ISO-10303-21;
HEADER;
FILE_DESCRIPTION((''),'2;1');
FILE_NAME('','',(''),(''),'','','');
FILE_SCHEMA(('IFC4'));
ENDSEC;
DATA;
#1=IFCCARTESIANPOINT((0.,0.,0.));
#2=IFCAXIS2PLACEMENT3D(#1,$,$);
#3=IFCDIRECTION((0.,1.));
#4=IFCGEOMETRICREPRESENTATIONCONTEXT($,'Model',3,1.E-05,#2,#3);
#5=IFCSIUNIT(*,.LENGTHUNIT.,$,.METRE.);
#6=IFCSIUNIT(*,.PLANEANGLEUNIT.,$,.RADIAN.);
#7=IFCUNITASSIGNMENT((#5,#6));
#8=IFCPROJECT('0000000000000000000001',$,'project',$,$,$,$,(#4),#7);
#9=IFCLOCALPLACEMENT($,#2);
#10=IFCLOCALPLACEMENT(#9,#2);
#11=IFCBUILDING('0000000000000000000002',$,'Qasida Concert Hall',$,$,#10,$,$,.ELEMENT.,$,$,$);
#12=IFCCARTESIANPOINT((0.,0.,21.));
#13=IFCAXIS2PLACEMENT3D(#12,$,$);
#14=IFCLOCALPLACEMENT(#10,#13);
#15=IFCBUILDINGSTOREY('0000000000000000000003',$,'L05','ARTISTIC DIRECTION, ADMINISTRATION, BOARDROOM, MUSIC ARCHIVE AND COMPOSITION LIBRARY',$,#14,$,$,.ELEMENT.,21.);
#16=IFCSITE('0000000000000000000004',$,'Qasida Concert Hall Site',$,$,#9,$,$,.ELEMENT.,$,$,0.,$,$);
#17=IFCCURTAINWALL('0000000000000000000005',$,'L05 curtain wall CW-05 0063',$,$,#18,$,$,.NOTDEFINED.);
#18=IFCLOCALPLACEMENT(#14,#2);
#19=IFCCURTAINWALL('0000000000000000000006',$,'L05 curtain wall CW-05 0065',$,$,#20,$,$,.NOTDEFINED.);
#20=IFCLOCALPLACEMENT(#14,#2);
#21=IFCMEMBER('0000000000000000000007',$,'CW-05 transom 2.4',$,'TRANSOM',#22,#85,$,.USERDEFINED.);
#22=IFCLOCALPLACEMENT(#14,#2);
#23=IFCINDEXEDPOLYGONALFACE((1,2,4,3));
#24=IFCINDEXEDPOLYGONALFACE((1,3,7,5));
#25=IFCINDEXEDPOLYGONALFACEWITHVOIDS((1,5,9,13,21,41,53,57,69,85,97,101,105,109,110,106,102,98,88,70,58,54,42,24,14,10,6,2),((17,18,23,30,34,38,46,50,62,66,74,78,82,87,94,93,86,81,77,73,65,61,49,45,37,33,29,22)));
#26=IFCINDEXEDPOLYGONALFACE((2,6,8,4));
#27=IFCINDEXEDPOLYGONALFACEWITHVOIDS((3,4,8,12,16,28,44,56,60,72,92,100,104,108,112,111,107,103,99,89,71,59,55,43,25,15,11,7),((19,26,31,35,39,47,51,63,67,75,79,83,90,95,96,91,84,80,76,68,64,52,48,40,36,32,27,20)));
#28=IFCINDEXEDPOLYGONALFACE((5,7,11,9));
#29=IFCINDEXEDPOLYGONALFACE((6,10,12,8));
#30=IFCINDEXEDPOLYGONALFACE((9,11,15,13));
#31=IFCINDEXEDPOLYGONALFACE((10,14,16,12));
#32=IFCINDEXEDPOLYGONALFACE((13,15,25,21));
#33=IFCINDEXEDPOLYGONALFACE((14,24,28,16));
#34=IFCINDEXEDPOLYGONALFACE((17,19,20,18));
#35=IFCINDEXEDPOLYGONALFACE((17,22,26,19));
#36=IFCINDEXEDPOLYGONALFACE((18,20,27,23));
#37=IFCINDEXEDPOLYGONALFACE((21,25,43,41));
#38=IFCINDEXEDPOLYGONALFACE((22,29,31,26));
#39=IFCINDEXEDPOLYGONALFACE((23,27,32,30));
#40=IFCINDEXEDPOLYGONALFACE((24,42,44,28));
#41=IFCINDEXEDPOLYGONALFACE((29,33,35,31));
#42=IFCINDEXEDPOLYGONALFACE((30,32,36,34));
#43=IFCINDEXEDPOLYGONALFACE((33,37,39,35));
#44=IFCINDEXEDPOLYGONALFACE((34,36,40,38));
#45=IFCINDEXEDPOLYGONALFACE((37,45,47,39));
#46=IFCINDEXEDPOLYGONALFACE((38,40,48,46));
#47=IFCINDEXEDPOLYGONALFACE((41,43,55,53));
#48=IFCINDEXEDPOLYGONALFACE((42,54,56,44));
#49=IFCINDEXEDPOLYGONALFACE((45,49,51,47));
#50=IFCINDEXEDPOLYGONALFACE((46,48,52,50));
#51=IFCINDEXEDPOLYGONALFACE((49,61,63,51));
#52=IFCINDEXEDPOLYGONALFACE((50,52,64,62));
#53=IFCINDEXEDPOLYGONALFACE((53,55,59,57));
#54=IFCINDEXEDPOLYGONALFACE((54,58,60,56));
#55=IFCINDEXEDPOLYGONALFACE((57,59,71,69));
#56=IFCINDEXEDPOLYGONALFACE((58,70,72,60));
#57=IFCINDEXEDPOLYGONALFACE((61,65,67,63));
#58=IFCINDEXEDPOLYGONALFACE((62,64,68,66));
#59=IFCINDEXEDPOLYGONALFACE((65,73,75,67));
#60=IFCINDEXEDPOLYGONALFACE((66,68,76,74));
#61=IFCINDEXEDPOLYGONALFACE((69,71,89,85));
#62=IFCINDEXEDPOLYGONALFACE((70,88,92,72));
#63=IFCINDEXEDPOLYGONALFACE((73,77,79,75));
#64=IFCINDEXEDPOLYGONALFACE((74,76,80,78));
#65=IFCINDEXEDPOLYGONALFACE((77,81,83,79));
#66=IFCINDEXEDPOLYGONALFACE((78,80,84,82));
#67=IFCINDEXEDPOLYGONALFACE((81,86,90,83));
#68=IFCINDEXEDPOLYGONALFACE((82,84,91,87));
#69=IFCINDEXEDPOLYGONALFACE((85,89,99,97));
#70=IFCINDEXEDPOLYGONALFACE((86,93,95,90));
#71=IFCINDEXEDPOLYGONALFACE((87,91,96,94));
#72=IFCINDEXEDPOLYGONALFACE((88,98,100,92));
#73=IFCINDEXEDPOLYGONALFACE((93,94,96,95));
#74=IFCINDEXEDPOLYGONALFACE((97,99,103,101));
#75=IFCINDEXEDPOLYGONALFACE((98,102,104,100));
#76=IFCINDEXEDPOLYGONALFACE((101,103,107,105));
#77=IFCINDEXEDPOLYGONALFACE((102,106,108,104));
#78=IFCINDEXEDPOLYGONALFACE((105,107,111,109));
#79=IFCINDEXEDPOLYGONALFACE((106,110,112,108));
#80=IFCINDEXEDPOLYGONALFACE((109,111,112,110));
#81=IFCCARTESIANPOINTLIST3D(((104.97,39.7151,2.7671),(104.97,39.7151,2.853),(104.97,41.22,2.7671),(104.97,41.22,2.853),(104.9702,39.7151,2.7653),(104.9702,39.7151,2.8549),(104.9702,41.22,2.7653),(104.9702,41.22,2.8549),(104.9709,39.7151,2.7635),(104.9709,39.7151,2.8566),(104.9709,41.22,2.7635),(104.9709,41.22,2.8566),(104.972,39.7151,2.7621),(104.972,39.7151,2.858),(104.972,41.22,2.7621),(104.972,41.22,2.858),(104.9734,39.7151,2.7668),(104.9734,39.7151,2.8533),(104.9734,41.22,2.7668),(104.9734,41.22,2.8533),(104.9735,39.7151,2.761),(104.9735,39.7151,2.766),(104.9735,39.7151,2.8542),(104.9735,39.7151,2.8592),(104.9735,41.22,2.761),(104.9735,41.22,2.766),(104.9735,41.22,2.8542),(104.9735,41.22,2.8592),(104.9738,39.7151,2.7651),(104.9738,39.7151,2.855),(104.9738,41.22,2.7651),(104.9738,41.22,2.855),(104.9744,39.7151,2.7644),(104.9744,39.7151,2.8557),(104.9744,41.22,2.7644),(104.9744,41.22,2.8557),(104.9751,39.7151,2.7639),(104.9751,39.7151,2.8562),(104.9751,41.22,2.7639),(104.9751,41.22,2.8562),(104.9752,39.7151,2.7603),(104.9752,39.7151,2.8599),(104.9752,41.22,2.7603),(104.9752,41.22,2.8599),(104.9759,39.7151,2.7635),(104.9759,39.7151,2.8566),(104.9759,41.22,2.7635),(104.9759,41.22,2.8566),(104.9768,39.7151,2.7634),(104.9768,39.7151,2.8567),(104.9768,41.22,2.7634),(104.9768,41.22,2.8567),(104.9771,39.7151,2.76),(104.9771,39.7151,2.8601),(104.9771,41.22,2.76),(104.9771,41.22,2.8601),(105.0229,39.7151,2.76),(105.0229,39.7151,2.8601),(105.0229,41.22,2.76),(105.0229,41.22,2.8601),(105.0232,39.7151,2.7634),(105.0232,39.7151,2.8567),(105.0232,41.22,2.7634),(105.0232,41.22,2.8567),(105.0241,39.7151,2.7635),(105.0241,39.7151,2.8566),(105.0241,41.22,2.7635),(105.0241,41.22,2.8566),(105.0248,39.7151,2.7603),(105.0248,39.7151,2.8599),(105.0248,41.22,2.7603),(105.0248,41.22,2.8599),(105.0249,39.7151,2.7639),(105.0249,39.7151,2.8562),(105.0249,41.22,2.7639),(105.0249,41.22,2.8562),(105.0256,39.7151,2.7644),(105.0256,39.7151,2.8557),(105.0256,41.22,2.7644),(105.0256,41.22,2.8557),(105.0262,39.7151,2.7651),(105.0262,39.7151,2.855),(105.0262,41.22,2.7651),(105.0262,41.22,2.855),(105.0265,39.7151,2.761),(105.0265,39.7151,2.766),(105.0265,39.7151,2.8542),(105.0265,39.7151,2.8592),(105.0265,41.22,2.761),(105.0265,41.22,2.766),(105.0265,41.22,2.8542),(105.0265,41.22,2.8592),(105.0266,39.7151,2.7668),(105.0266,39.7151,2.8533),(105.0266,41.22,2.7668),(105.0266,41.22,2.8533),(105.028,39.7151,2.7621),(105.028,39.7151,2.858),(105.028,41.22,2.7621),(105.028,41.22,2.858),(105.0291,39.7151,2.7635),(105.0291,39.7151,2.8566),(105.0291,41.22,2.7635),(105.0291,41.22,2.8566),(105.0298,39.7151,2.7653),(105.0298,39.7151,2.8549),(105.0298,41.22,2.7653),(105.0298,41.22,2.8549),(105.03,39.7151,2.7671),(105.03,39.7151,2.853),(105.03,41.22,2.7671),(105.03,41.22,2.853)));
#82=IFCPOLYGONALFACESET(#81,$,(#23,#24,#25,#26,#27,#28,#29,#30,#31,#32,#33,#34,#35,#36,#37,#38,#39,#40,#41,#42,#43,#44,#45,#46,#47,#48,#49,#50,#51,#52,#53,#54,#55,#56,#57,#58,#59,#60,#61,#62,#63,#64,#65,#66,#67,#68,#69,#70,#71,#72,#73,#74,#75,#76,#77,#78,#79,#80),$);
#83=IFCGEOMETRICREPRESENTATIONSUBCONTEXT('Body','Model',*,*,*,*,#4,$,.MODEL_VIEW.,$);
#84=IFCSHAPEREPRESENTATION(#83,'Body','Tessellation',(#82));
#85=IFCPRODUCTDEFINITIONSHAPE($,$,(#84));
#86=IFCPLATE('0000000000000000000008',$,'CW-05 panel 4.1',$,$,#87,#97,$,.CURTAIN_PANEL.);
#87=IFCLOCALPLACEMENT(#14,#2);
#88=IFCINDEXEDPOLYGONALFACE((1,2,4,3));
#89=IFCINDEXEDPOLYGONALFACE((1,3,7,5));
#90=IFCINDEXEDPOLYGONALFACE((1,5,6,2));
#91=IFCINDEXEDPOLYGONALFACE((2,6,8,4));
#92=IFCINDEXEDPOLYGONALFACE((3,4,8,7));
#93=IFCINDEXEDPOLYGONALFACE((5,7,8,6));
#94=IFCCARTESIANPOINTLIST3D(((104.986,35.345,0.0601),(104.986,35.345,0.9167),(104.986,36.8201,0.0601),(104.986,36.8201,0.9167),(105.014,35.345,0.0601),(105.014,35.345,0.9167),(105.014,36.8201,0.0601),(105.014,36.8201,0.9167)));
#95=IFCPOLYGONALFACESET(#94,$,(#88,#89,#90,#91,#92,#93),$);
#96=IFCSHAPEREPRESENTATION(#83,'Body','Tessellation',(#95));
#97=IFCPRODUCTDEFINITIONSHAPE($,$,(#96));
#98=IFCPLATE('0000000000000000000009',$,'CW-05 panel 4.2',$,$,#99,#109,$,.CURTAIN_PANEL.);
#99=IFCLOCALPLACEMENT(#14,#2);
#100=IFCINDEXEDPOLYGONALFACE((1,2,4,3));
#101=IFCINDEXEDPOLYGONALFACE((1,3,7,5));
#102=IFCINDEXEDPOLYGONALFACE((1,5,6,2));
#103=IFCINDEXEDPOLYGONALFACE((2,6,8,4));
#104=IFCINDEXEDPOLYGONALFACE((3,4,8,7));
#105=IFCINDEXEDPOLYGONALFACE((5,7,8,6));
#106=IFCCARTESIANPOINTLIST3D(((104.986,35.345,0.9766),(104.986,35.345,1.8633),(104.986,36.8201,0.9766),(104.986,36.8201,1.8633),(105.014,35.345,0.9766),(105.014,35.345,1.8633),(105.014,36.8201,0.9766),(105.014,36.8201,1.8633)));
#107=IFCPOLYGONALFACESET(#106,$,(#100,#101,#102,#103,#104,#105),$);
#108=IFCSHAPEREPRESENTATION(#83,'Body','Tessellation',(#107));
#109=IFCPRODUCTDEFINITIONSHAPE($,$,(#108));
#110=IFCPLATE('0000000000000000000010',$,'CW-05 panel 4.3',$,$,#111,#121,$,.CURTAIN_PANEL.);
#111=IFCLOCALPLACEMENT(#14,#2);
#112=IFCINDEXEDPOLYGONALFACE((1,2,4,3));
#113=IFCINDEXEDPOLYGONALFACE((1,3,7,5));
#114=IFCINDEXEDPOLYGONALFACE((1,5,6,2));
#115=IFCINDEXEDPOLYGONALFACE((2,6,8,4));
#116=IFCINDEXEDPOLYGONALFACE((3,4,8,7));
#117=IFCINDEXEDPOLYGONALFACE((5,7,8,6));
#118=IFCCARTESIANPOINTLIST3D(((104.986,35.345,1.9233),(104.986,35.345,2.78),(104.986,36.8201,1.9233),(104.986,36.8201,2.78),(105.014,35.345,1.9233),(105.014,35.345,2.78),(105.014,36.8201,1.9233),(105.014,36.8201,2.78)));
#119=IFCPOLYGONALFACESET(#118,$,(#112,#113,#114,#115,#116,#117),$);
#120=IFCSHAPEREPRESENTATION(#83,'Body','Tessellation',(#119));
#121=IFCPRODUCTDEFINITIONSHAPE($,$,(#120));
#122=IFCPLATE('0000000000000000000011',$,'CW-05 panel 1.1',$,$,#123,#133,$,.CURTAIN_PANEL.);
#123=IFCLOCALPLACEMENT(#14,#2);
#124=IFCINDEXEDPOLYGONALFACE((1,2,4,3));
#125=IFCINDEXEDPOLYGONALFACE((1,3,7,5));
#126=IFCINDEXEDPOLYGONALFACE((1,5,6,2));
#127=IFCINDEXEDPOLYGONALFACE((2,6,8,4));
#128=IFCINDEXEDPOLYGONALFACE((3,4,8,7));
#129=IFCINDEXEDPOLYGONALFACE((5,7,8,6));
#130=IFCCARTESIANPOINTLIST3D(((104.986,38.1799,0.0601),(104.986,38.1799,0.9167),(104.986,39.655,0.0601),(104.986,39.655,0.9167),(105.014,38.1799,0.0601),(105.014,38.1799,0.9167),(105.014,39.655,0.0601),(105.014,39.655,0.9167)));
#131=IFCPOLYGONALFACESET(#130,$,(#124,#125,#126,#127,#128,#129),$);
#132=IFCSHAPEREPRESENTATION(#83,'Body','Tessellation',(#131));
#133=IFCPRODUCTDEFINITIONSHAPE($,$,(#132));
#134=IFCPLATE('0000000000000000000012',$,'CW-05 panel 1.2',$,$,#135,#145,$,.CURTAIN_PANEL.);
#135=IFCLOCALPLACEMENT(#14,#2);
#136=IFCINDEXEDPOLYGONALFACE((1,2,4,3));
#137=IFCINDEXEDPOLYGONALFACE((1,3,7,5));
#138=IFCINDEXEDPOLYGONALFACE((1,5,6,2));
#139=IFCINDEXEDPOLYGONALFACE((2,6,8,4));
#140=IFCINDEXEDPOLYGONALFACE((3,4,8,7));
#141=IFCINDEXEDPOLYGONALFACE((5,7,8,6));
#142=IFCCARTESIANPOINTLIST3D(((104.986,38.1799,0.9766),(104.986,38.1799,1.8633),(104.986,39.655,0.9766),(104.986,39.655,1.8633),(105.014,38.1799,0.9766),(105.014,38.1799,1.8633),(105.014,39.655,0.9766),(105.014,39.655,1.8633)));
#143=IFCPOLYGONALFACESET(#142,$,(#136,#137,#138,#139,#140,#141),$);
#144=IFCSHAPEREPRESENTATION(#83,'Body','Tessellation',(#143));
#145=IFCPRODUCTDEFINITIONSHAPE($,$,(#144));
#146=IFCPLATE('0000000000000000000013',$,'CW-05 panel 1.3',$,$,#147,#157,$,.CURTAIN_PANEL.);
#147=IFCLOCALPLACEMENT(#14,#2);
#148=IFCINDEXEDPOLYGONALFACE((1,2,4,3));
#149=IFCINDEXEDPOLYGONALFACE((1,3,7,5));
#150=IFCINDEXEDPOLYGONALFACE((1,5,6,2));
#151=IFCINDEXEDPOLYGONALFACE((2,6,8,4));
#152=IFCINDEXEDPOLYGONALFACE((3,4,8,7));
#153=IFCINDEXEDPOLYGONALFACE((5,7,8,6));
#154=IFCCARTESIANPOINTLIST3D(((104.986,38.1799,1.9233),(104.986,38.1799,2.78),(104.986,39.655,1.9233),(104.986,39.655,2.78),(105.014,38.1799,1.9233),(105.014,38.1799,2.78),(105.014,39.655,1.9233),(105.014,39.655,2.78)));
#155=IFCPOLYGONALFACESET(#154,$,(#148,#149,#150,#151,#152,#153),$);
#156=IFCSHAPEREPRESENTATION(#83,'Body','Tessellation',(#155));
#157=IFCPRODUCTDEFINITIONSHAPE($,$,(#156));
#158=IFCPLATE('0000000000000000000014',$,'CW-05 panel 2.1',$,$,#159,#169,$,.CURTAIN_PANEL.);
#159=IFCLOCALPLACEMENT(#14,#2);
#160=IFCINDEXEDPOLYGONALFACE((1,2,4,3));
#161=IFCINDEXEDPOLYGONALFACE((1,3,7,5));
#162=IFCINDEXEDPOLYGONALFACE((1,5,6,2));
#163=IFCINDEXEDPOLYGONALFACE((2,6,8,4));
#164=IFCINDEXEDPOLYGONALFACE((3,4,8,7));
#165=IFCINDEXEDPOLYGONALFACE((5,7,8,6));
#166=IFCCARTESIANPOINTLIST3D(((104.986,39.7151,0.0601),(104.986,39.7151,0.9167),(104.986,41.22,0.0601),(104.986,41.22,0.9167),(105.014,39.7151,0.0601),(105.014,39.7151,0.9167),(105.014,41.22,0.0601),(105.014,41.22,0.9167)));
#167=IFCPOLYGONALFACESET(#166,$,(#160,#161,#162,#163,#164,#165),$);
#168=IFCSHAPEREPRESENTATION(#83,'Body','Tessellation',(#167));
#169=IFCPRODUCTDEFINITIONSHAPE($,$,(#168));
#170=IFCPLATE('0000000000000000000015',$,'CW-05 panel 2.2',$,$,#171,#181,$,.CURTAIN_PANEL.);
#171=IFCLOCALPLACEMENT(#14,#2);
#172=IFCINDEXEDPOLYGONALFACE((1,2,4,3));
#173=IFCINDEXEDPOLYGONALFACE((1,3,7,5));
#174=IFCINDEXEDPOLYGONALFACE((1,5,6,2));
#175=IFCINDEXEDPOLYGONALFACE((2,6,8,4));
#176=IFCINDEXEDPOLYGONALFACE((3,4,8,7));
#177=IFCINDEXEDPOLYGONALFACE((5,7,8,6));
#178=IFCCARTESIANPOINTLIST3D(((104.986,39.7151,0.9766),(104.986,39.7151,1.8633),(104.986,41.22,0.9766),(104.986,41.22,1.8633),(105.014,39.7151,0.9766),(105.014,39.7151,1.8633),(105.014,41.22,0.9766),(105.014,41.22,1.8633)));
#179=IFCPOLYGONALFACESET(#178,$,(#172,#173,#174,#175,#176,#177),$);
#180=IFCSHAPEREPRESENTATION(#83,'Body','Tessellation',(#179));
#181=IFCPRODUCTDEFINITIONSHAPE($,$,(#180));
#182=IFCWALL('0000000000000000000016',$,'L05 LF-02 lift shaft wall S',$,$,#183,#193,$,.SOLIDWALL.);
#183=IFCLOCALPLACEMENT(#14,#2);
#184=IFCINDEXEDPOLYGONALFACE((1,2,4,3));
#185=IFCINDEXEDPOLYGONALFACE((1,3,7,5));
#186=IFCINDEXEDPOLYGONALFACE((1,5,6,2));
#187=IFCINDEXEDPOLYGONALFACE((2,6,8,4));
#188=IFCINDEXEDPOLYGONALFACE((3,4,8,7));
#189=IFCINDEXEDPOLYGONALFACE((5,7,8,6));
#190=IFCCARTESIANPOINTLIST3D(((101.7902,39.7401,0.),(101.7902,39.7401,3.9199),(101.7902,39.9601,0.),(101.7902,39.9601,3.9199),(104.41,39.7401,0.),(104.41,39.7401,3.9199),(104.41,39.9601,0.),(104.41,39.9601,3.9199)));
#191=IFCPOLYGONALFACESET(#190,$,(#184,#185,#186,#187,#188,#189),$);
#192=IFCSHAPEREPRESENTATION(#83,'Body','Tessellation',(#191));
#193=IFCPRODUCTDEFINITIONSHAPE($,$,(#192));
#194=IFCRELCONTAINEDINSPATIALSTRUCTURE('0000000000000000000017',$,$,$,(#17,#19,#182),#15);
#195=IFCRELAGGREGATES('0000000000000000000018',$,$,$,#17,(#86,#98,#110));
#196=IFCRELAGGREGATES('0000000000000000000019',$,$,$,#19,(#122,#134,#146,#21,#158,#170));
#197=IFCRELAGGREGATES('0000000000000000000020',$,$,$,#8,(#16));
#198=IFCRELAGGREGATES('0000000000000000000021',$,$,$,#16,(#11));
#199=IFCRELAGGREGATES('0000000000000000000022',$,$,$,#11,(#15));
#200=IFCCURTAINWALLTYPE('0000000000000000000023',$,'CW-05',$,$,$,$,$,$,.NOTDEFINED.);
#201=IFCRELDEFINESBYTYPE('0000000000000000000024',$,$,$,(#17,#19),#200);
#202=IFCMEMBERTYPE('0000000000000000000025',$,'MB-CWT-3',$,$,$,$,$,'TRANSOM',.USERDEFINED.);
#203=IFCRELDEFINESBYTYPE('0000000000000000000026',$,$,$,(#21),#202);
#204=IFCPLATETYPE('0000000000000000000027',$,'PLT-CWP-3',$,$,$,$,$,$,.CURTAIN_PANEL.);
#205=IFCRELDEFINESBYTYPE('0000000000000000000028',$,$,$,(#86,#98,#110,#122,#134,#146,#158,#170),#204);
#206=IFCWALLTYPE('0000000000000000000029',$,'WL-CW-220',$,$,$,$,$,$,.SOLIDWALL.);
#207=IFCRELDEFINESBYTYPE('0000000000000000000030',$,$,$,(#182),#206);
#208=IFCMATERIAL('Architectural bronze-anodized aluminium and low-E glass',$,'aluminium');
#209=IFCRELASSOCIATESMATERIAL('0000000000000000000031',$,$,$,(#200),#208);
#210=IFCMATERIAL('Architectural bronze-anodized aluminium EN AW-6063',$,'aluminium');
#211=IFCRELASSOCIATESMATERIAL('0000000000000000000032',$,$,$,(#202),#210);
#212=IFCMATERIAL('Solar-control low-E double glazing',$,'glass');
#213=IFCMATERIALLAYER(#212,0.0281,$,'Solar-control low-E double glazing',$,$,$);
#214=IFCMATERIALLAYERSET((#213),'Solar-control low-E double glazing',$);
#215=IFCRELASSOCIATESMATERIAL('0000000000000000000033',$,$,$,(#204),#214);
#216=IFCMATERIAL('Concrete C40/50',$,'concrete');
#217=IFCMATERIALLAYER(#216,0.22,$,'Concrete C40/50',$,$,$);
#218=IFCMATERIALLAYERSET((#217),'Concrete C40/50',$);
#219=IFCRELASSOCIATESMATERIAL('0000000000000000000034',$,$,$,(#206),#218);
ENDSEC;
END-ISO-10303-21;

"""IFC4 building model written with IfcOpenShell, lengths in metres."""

from ifc_helpers import new_model, si_unit, direction, frame, frame_2d, origin, origin_2d, place, context, subcontext, project, spatial, rectangle, hollow_rectangle, extrude, material, layer, layer_set, material_profile, profile_set, type_object, element, aggregate, save


model = new_model("IFC4")

# Units and contexts
model_context = context("Model", 3, precision=1e-05, world=origin(), true_north=direction((0.0, 1.0)))
body_context = subcontext(model_context, "Body", "Model", "MODEL_VIEW")
ifc_project = project(units=[si_unit("LENGTHUNIT", "METRE"), si_unit("PLANEANGLEUNIT", "RADIAN")], contexts=[model_context])

# Site, building, storey
site_placement = place(None, origin())
site = spatial("IfcSite", under=ifc_project, at=site_placement, Name="Qasida Concert Hall Site", CompositionType="ELEMENT", RefElevation=0.0)
building_placement = place(site_placement, origin())
building = spatial("IfcBuilding", under=site, at=building_placement, Name="Qasida Concert Hall", CompositionType="ELEMENT")
storey_placement = place(building_placement, frame((0.0, 0.0, 21.0)))
storey = spatial("IfcBuildingStorey", under=building, at=storey_placement, Name="L05", Description="ARTISTIC DIRECTION, ADMINISTRATION, BOARDROOM, MUSIC ARCHIVE AND COMPOSITION LIBRARY", CompositionType="ELEMENT", Elevation=21.0)

# Curtain walls
ifc_material_1 = material(Name="Architectural bronze-anodized aluminium and low-E glass", Category="aluminium")
curtain_wall_type = type_object("IfcCurtainWallType", Name="CW-05", PredefinedType="NOTDEFINED", material=ifc_material_1)
curtain_wall_1_placement = place(storey_placement, origin())
curtain_wall_1 = element("IfcCurtainWall", 1, at=curtain_wall_1_placement, inside=storey, type_object=curtain_wall_type, Name="L05 curtain wall CW-05 0063", PredefinedType="NOTDEFINED")
ifc_material_2 = material(Name="Architectural bronze-anodized aluminium EN AW-6063", Category="aluminium")
curtain_wall_2_placement = place(storey_placement, origin())
curtain_wall_2 = element("IfcCurtainWall", 2, at=curtain_wall_2_placement, inside=storey, type_object=curtain_wall_type, Name="L05 curtain wall CW-05 0065", PredefinedType="NOTDEFINED")

# Member
ifc_material_profile_1 = material_profile(ifc_material_2, hollow_rectangle(XDim=0.0601, YDim=0.1001, WallThickness=0.0034, InnerFilletRadius=0.0034, OuterFilletRadius=0.0071, at=origin_2d()), Name="CWT 100x60x3.5")
ifc_profile_set_1 = profile_set([ifc_material_profile_1], Name="Architectural bronze-anodized aluminium EN AW-6063")
member_type_1 = type_object("IfcMemberType", Name="MB-CWT-3", ElementType="TRANSOM", PredefinedType="USERDEFINED", material=ifc_profile_set_1)
member_1_placement = place(storey_placement, frame((105.0, 39.7151, 2.8101), z_axis=(0.0, 1.0, 0.0), x_axis=(-1.0, 0.0, 0.0)))
member_1 = element("IfcMember", 3, at=member_1_placement, type_object=member_type_1, Name="CW-05 transom 2.4", ObjectType="TRANSOM", PredefinedType="USERDEFINED", context=body_context, shape_type="SweptSolid", body=[
    extrude(hollow_rectangle(XDim=0.0601, YDim=0.1001, WallThickness=0.0034, InnerFilletRadius=0.0034, OuterFilletRadius=0.0071, at=origin_2d()), origin(), (0.0, 0.0, 1.0), 1.5049),
])

# Plates
ifc_material_3 = material(Name="Solar-control low-E double glazing", Category="glass")
ifc_layer_1 = layer(ifc_material_3, 0.0281, Name="Solar-control low-E double glazing")
ifc_layer_set_1 = layer_set([ifc_layer_1], Name="Solar-control low-E double glazing")
plate_type = type_object("IfcPlateType", Name="PLT-CWP-3", PredefinedType="CURTAIN_PANEL", material=ifc_layer_set_1)
plate_1_placement = place(storey_placement, frame((105.0, 36.0825, 0.0601), z_axis=(0.0, 0.0, 1.0), x_axis=(0.0, 1.0, 0.0)))
plate_1 = element("IfcPlate", 4, at=plate_1_placement, type_object=plate_type, Name="CW-05 panel 4.1", PredefinedType="CURTAIN_PANEL", context=body_context, shape_type="SweptSolid", body=[
    extrude(rectangle(XDim=1.4751, YDim=0.0281, at=origin_2d()), origin(), (0.0, 0.0, 1.0), 0.8567),
])
plate_2_placement = place(storey_placement, frame((105.0, 36.0825, 0.9766), z_axis=(0.0, 0.0, 1.0), x_axis=(0.0, 1.0, 0.0)))
plate_2 = element("IfcPlate", 5, at=plate_2_placement, type_object=plate_type, Name="CW-05 panel 4.2", PredefinedType="CURTAIN_PANEL", context=body_context, shape_type="SweptSolid", body=[
    extrude(rectangle(XDim=1.4751, YDim=0.0281, at=origin_2d()), origin(), (0.0, 0.0, 1.0), 0.8867),
])
plate_3_placement = place(storey_placement, frame((105.0, 36.0825, 1.9233), z_axis=(0.0, 0.0, 1.0), x_axis=(0.0, 1.0, 0.0)))
plate_3 = element("IfcPlate", 6, at=plate_3_placement, type_object=plate_type, Name="CW-05 panel 4.3", PredefinedType="CURTAIN_PANEL", context=body_context, shape_type="SweptSolid", body=[
    extrude(rectangle(XDim=1.4751, YDim=0.0281, at=origin_2d()), origin(), (0.0, 0.0, 1.0), 0.8567),
])
aggregate(curtain_wall_1, [plate_1, plate_2, plate_3])
plate_4_placement = place(storey_placement, frame((105.0, 38.9175, 0.0601), z_axis=(0.0, 0.0, 1.0), x_axis=(0.0, 1.0, 0.0)))
plate_4 = element("IfcPlate", 7, at=plate_4_placement, type_object=plate_type, Name="CW-05 panel 1.1", PredefinedType="CURTAIN_PANEL", context=body_context, shape_type="SweptSolid", body=[
    extrude(rectangle(XDim=1.4751, YDim=0.0281, at=origin_2d()), origin(), (0.0, 0.0, 1.0), 0.8567),
])
plate_5_placement = place(storey_placement, frame((105.0, 38.9175, 0.9766), z_axis=(0.0, 0.0, 1.0), x_axis=(0.0, 1.0, 0.0)))
plate_5 = element("IfcPlate", 8, at=plate_5_placement, type_object=plate_type, Name="CW-05 panel 1.2", PredefinedType="CURTAIN_PANEL", context=body_context, shape_type="SweptSolid", body=[
    extrude(rectangle(XDim=1.4751, YDim=0.0281, at=origin_2d()), origin(), (0.0, 0.0, 1.0), 0.8867),
])
plate_6_placement = place(storey_placement, frame((105.0, 38.9175, 1.9233), z_axis=(0.0, 0.0, 1.0), x_axis=(0.0, 1.0, 0.0)))
plate_6 = element("IfcPlate", 9, at=plate_6_placement, type_object=plate_type, Name="CW-05 panel 1.3", PredefinedType="CURTAIN_PANEL", context=body_context, shape_type="SweptSolid", body=[
    extrude(rectangle(XDim=1.4751, YDim=0.0281, at=origin_2d()), origin(), (0.0, 0.0, 1.0), 0.8567),
])
plate_7_placement = place(storey_placement, frame((105.0, 40.4675, 0.0601), z_axis=(0.0, 0.0, 1.0), x_axis=(0.0, 1.0, 0.0)))
plate_7 = element("IfcPlate", 10, at=plate_7_placement, type_object=plate_type, Name="CW-05 panel 2.1", PredefinedType="CURTAIN_PANEL", context=body_context, shape_type="SweptSolid", body=[
    extrude(rectangle(XDim=1.5049, YDim=0.0281, at=origin_2d()), origin(), (0.0, 0.0, 1.0), 0.8567),
])
plate_8_placement = place(storey_placement, frame((105.0, 40.4675, 0.9766), z_axis=(0.0, 0.0, 1.0), x_axis=(0.0, 1.0, 0.0)))
plate_8 = element("IfcPlate", 11, at=plate_8_placement, type_object=plate_type, Name="CW-05 panel 2.2", PredefinedType="CURTAIN_PANEL", context=body_context, shape_type="SweptSolid", body=[
    extrude(rectangle(XDim=1.5049, YDim=0.0281, at=origin_2d()), origin(), (0.0, 0.0, 1.0), 0.8867),
])
aggregate(curtain_wall_2, [plate_4, plate_5, plate_6, member_1, plate_7, plate_8])

# Wall
ifc_material_4 = material(Name="Concrete C40/50", Category="concrete")
ifc_layer_2 = layer(ifc_material_4, 0.22, Name="Concrete C40/50")
ifc_layer_set_2 = layer_set([ifc_layer_2], Name="Concrete C40/50")
wall_type = type_object("IfcWallType", Name="WL-CW-220", PredefinedType="SOLIDWALL", material=ifc_layer_set_2)
wall_1_placement = place(storey_placement, frame((101.79, 39.8501, 0.0), z_axis=(0.0, 0.0, 1.0), x_axis=(1.0, 0.0, 0.0)))
element("IfcWall", 12, at=wall_1_placement, inside=storey, type_object=wall_type, Name="L05 LF-02 lift shaft wall S", PredefinedType="SOLIDWALL", context=body_context, shape_type="SweptSolid", body=[
    extrude(rectangle(XDim=2.6199, YDim=0.22, at=frame_2d((1.3101, 0.0))), origin(), (0.0, 0.0, 1.0), 3.9199),
])

save(model, "model.ifc")
